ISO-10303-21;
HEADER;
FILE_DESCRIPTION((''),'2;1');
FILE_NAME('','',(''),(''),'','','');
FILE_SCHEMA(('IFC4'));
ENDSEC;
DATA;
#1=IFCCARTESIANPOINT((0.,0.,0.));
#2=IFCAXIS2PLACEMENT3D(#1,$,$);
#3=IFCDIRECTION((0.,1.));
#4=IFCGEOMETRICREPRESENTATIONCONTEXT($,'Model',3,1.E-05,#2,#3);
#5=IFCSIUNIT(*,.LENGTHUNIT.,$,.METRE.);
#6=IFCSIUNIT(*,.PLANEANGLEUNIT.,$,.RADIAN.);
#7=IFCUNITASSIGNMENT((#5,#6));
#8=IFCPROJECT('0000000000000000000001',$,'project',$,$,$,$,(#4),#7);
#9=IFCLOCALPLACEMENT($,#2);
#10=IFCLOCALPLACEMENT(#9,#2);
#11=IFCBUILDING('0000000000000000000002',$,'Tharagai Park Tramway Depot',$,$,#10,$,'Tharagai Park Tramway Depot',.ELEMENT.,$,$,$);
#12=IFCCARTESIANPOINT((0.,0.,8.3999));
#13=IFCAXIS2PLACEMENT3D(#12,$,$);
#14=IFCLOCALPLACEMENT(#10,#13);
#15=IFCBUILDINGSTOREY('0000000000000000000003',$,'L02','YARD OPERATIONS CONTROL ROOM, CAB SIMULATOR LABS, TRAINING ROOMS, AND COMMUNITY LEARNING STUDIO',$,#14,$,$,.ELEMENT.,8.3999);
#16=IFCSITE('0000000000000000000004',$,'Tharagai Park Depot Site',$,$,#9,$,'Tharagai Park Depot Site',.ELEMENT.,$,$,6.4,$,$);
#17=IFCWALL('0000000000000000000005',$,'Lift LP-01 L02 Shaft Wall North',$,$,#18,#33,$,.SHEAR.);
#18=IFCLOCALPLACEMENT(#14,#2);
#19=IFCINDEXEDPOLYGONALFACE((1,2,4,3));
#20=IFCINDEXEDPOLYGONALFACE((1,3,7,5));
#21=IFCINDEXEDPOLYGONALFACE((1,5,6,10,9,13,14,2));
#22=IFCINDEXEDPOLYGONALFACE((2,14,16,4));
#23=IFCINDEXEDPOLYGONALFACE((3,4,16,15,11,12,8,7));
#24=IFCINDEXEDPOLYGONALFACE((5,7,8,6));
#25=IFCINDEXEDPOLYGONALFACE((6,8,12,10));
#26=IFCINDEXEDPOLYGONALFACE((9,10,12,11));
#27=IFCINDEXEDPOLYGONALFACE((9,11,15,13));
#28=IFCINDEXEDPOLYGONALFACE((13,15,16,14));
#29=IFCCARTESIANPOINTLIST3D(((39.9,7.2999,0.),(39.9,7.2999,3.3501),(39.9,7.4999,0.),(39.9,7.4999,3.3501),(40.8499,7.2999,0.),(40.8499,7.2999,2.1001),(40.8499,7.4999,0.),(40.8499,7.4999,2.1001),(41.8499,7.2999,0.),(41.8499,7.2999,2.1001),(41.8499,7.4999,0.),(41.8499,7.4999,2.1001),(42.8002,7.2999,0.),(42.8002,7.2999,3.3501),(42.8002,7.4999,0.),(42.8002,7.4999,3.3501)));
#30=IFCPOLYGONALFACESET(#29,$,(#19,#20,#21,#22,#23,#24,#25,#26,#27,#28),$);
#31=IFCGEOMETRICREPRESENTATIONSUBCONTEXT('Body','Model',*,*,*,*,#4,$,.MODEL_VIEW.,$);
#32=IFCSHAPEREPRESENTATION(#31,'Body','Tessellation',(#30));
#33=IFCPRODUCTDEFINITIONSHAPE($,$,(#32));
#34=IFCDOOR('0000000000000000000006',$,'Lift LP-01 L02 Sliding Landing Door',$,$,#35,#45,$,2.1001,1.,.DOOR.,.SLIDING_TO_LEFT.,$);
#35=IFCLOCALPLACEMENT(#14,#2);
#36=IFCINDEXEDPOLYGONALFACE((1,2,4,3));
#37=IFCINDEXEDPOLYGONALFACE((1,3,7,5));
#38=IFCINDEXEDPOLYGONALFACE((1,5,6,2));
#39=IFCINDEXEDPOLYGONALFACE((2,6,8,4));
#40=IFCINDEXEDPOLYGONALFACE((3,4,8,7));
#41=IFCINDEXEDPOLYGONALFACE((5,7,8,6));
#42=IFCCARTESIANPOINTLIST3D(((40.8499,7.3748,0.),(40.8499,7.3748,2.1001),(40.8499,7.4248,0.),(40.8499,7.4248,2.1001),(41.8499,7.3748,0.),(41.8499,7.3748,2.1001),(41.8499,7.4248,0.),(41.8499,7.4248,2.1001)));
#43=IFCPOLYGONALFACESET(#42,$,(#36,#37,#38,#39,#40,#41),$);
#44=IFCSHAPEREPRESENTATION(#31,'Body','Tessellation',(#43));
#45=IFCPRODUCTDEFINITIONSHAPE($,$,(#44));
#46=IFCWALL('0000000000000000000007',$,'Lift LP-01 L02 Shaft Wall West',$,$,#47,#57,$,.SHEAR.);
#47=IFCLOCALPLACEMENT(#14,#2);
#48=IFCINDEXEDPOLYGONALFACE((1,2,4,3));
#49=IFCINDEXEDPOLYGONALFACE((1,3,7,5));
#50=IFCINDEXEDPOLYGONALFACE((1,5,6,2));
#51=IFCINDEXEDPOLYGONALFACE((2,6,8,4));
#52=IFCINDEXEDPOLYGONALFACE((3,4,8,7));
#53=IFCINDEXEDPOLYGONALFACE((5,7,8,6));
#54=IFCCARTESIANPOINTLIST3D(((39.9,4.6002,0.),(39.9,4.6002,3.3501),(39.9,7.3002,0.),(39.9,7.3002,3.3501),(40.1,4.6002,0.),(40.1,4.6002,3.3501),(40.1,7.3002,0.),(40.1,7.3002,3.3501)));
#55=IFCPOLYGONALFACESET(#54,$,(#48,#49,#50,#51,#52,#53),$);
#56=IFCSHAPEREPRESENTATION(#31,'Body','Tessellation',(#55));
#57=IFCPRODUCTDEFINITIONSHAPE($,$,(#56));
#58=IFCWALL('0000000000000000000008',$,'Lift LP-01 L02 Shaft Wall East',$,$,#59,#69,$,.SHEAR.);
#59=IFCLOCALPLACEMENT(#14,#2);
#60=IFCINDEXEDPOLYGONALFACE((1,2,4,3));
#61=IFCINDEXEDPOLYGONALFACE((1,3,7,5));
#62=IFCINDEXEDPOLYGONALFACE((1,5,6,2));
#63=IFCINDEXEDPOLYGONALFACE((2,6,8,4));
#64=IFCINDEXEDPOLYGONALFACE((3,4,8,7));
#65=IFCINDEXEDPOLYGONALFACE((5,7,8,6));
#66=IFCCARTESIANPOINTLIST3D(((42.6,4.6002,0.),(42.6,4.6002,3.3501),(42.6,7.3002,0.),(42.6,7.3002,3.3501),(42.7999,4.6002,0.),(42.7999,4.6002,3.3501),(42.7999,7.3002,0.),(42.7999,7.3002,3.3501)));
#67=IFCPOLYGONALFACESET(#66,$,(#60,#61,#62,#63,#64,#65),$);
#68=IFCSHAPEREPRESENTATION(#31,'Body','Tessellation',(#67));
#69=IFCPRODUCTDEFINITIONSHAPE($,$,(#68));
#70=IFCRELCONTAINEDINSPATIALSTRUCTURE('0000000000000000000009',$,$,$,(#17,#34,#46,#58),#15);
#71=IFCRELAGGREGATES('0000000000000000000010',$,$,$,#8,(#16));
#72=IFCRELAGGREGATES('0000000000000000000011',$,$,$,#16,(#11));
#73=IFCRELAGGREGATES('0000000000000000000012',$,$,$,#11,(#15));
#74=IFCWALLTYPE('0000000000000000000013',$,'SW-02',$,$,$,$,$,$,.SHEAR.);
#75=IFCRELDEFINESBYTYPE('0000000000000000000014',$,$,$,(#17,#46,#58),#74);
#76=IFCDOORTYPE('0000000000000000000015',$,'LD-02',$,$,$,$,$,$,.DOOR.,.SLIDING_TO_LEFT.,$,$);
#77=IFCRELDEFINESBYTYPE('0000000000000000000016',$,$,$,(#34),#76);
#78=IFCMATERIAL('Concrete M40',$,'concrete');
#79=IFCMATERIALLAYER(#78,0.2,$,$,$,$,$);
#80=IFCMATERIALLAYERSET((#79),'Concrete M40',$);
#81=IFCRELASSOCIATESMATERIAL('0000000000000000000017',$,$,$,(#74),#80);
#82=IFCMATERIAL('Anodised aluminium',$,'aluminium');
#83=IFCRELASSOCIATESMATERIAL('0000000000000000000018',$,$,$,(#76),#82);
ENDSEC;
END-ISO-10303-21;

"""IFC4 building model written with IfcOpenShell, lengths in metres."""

from ifc_helpers import new_model, si_unit, direction, frame, frame_2d, origin, place, context, subcontext, project, spatial, rectangle, extrude, material, layer, layer_set, type_object, element, fill, save


model = new_model("IFC4")

# Units and contexts
model_context = context("Model", 3, precision=1e-05, world=origin(), true_north=direction((0.0, 1.0)))
body_context = subcontext(model_context, "Body", "Model", "MODEL_VIEW")
ifc_project = project(units=[si_unit("LENGTHUNIT", "METRE"), si_unit("PLANEANGLEUNIT", "RADIAN")], contexts=[model_context])

# Site, building, storey
site_placement = place(None, origin())
site = spatial("IfcSite", under=ifc_project, at=site_placement, Name="Tharagai Park Depot Site", LongName="Tharagai Park Depot Site", CompositionType="ELEMENT", RefElevation=6.4)
building_placement = place(site_placement, origin())
building = spatial("IfcBuilding", under=site, at=building_placement, Name="Tharagai Park Tramway Depot", LongName="Tharagai Park Tramway Depot", CompositionType="ELEMENT")
storey_placement = place(building_placement, frame((0.0, 0.0, 8.3999)))
storey = spatial("IfcBuildingStorey", under=building, at=storey_placement, Name="L02", Description="YARD OPERATIONS CONTROL ROOM, CAB SIMULATOR LABS, TRAINING ROOMS, AND COMMUNITY LEARNING STUDIO", CompositionType="ELEMENT", Elevation=8.3999)

# Shared definitions
ifc_material_1 = material(Name="Concrete M40", Category="concrete")

# Shared definitions
ifc_material_2 = material(Name="Anodised aluminium", Category="aluminium")

# Shared definitions
ifc_layer_1 = layer(ifc_material_1, 0.2)
ifc_layer_set_1 = layer_set([ifc_layer_1], Name="Concrete M40")
wall_type_1 = type_object("IfcWallType", Name="SW-02", PredefinedType="SHEAR", material=ifc_layer_set_1)

# Wall, opening, door
wall_1_placement = place(storey_placement, frame((39.8999, 7.3999, 0.0), z_axis=(0.0, 0.0, 1.0), x_axis=(1.0, 0.0, 0.0)))
wall_1 = element("IfcWall", 1, at=wall_1_placement, inside=storey, type_object=wall_type_1, Name="Lift LP-01 L02 Shaft Wall North", PredefinedType="SHEAR", context=body_context, shape_type="SweptSolid", body=[
    extrude(rectangle(XDim=2.9001, YDim=0.2, at=frame_2d((1.4502, 0.0))), origin(), (0.0, 0.0, 1.0), 3.3501),
])
opening_1_placement = place(wall_1_placement, frame((0.95, 0.0, 0.0)))
opening_1 = element("IfcOpeningElement", 2, at=opening_1_placement, cuts=wall_1, PredefinedType="OPENING", context=body_context, shape_type="SweptSolid", body=[
    extrude(rectangle(XDim=1.0, YDim=2.1001, at=frame_2d((0.5, 1.05))), frame((0.0, 0.1099, 0.0), z_axis=(0.0, -1.0, 0.0), x_axis=(1.0, 0.0, 0.0)), (0.0, 0.0, 1.0), 0.22),
])
door_type_1 = type_object("IfcDoorType", Name="LD-02", OperationType="SLIDING_TO_LEFT", PredefinedType="DOOR", material=ifc_material_2)
door_1_placement = place(opening_1_placement, origin())
door_1 = element("IfcDoor", 3, at=door_1_placement, inside=storey, type_object=door_type_1, Name="Lift LP-01 L02 Sliding Landing Door", OperationType="SLIDING_TO_LEFT", OverallHeight=2.1001, OverallWidth=1.0, PredefinedType="DOOR", context=body_context, shape_type="SweptSolid", body=[
    extrude(rectangle(XDim=1.0, YDim=2.1001, at=frame_2d((0.5, 1.05))), frame((0.0, 0.0249, 0.0), z_axis=(0.0, -1.0, 0.0), x_axis=(1.0, 0.0, 0.0)), (0.0, 0.0, 1.0), 0.05),
])
fill(opening_1, door_1)

# Walls
for number, where, z_axis, x_axis, name in (
    (4, (40.0, 4.6001, 0.0), (0.0, 0.0, 1.0), (0.0, 1.0, 0.0), "Lift LP-01 L02 Shaft Wall West"),
    (5, (42.7, 4.6001, 0.0), (0.0, 0.0, 1.0), (0.0, 1.0, 0.0), "Lift LP-01 L02 Shaft Wall East"),
):
    element("IfcWall", number, at=place(storey_placement, frame(where, z_axis=z_axis, x_axis=x_axis)), inside=storey, type_object=wall_type_1, Name=name, PredefinedType="SHEAR", context=body_context, shape_type="SweptSolid", body=[
        extrude(rectangle(XDim=2.7, YDim=0.2, at=frame_2d((1.3501, 0.0))), origin(), (0.0, 0.0, 1.0), 3.3501),
    ])

save(model, "model.ifc")
